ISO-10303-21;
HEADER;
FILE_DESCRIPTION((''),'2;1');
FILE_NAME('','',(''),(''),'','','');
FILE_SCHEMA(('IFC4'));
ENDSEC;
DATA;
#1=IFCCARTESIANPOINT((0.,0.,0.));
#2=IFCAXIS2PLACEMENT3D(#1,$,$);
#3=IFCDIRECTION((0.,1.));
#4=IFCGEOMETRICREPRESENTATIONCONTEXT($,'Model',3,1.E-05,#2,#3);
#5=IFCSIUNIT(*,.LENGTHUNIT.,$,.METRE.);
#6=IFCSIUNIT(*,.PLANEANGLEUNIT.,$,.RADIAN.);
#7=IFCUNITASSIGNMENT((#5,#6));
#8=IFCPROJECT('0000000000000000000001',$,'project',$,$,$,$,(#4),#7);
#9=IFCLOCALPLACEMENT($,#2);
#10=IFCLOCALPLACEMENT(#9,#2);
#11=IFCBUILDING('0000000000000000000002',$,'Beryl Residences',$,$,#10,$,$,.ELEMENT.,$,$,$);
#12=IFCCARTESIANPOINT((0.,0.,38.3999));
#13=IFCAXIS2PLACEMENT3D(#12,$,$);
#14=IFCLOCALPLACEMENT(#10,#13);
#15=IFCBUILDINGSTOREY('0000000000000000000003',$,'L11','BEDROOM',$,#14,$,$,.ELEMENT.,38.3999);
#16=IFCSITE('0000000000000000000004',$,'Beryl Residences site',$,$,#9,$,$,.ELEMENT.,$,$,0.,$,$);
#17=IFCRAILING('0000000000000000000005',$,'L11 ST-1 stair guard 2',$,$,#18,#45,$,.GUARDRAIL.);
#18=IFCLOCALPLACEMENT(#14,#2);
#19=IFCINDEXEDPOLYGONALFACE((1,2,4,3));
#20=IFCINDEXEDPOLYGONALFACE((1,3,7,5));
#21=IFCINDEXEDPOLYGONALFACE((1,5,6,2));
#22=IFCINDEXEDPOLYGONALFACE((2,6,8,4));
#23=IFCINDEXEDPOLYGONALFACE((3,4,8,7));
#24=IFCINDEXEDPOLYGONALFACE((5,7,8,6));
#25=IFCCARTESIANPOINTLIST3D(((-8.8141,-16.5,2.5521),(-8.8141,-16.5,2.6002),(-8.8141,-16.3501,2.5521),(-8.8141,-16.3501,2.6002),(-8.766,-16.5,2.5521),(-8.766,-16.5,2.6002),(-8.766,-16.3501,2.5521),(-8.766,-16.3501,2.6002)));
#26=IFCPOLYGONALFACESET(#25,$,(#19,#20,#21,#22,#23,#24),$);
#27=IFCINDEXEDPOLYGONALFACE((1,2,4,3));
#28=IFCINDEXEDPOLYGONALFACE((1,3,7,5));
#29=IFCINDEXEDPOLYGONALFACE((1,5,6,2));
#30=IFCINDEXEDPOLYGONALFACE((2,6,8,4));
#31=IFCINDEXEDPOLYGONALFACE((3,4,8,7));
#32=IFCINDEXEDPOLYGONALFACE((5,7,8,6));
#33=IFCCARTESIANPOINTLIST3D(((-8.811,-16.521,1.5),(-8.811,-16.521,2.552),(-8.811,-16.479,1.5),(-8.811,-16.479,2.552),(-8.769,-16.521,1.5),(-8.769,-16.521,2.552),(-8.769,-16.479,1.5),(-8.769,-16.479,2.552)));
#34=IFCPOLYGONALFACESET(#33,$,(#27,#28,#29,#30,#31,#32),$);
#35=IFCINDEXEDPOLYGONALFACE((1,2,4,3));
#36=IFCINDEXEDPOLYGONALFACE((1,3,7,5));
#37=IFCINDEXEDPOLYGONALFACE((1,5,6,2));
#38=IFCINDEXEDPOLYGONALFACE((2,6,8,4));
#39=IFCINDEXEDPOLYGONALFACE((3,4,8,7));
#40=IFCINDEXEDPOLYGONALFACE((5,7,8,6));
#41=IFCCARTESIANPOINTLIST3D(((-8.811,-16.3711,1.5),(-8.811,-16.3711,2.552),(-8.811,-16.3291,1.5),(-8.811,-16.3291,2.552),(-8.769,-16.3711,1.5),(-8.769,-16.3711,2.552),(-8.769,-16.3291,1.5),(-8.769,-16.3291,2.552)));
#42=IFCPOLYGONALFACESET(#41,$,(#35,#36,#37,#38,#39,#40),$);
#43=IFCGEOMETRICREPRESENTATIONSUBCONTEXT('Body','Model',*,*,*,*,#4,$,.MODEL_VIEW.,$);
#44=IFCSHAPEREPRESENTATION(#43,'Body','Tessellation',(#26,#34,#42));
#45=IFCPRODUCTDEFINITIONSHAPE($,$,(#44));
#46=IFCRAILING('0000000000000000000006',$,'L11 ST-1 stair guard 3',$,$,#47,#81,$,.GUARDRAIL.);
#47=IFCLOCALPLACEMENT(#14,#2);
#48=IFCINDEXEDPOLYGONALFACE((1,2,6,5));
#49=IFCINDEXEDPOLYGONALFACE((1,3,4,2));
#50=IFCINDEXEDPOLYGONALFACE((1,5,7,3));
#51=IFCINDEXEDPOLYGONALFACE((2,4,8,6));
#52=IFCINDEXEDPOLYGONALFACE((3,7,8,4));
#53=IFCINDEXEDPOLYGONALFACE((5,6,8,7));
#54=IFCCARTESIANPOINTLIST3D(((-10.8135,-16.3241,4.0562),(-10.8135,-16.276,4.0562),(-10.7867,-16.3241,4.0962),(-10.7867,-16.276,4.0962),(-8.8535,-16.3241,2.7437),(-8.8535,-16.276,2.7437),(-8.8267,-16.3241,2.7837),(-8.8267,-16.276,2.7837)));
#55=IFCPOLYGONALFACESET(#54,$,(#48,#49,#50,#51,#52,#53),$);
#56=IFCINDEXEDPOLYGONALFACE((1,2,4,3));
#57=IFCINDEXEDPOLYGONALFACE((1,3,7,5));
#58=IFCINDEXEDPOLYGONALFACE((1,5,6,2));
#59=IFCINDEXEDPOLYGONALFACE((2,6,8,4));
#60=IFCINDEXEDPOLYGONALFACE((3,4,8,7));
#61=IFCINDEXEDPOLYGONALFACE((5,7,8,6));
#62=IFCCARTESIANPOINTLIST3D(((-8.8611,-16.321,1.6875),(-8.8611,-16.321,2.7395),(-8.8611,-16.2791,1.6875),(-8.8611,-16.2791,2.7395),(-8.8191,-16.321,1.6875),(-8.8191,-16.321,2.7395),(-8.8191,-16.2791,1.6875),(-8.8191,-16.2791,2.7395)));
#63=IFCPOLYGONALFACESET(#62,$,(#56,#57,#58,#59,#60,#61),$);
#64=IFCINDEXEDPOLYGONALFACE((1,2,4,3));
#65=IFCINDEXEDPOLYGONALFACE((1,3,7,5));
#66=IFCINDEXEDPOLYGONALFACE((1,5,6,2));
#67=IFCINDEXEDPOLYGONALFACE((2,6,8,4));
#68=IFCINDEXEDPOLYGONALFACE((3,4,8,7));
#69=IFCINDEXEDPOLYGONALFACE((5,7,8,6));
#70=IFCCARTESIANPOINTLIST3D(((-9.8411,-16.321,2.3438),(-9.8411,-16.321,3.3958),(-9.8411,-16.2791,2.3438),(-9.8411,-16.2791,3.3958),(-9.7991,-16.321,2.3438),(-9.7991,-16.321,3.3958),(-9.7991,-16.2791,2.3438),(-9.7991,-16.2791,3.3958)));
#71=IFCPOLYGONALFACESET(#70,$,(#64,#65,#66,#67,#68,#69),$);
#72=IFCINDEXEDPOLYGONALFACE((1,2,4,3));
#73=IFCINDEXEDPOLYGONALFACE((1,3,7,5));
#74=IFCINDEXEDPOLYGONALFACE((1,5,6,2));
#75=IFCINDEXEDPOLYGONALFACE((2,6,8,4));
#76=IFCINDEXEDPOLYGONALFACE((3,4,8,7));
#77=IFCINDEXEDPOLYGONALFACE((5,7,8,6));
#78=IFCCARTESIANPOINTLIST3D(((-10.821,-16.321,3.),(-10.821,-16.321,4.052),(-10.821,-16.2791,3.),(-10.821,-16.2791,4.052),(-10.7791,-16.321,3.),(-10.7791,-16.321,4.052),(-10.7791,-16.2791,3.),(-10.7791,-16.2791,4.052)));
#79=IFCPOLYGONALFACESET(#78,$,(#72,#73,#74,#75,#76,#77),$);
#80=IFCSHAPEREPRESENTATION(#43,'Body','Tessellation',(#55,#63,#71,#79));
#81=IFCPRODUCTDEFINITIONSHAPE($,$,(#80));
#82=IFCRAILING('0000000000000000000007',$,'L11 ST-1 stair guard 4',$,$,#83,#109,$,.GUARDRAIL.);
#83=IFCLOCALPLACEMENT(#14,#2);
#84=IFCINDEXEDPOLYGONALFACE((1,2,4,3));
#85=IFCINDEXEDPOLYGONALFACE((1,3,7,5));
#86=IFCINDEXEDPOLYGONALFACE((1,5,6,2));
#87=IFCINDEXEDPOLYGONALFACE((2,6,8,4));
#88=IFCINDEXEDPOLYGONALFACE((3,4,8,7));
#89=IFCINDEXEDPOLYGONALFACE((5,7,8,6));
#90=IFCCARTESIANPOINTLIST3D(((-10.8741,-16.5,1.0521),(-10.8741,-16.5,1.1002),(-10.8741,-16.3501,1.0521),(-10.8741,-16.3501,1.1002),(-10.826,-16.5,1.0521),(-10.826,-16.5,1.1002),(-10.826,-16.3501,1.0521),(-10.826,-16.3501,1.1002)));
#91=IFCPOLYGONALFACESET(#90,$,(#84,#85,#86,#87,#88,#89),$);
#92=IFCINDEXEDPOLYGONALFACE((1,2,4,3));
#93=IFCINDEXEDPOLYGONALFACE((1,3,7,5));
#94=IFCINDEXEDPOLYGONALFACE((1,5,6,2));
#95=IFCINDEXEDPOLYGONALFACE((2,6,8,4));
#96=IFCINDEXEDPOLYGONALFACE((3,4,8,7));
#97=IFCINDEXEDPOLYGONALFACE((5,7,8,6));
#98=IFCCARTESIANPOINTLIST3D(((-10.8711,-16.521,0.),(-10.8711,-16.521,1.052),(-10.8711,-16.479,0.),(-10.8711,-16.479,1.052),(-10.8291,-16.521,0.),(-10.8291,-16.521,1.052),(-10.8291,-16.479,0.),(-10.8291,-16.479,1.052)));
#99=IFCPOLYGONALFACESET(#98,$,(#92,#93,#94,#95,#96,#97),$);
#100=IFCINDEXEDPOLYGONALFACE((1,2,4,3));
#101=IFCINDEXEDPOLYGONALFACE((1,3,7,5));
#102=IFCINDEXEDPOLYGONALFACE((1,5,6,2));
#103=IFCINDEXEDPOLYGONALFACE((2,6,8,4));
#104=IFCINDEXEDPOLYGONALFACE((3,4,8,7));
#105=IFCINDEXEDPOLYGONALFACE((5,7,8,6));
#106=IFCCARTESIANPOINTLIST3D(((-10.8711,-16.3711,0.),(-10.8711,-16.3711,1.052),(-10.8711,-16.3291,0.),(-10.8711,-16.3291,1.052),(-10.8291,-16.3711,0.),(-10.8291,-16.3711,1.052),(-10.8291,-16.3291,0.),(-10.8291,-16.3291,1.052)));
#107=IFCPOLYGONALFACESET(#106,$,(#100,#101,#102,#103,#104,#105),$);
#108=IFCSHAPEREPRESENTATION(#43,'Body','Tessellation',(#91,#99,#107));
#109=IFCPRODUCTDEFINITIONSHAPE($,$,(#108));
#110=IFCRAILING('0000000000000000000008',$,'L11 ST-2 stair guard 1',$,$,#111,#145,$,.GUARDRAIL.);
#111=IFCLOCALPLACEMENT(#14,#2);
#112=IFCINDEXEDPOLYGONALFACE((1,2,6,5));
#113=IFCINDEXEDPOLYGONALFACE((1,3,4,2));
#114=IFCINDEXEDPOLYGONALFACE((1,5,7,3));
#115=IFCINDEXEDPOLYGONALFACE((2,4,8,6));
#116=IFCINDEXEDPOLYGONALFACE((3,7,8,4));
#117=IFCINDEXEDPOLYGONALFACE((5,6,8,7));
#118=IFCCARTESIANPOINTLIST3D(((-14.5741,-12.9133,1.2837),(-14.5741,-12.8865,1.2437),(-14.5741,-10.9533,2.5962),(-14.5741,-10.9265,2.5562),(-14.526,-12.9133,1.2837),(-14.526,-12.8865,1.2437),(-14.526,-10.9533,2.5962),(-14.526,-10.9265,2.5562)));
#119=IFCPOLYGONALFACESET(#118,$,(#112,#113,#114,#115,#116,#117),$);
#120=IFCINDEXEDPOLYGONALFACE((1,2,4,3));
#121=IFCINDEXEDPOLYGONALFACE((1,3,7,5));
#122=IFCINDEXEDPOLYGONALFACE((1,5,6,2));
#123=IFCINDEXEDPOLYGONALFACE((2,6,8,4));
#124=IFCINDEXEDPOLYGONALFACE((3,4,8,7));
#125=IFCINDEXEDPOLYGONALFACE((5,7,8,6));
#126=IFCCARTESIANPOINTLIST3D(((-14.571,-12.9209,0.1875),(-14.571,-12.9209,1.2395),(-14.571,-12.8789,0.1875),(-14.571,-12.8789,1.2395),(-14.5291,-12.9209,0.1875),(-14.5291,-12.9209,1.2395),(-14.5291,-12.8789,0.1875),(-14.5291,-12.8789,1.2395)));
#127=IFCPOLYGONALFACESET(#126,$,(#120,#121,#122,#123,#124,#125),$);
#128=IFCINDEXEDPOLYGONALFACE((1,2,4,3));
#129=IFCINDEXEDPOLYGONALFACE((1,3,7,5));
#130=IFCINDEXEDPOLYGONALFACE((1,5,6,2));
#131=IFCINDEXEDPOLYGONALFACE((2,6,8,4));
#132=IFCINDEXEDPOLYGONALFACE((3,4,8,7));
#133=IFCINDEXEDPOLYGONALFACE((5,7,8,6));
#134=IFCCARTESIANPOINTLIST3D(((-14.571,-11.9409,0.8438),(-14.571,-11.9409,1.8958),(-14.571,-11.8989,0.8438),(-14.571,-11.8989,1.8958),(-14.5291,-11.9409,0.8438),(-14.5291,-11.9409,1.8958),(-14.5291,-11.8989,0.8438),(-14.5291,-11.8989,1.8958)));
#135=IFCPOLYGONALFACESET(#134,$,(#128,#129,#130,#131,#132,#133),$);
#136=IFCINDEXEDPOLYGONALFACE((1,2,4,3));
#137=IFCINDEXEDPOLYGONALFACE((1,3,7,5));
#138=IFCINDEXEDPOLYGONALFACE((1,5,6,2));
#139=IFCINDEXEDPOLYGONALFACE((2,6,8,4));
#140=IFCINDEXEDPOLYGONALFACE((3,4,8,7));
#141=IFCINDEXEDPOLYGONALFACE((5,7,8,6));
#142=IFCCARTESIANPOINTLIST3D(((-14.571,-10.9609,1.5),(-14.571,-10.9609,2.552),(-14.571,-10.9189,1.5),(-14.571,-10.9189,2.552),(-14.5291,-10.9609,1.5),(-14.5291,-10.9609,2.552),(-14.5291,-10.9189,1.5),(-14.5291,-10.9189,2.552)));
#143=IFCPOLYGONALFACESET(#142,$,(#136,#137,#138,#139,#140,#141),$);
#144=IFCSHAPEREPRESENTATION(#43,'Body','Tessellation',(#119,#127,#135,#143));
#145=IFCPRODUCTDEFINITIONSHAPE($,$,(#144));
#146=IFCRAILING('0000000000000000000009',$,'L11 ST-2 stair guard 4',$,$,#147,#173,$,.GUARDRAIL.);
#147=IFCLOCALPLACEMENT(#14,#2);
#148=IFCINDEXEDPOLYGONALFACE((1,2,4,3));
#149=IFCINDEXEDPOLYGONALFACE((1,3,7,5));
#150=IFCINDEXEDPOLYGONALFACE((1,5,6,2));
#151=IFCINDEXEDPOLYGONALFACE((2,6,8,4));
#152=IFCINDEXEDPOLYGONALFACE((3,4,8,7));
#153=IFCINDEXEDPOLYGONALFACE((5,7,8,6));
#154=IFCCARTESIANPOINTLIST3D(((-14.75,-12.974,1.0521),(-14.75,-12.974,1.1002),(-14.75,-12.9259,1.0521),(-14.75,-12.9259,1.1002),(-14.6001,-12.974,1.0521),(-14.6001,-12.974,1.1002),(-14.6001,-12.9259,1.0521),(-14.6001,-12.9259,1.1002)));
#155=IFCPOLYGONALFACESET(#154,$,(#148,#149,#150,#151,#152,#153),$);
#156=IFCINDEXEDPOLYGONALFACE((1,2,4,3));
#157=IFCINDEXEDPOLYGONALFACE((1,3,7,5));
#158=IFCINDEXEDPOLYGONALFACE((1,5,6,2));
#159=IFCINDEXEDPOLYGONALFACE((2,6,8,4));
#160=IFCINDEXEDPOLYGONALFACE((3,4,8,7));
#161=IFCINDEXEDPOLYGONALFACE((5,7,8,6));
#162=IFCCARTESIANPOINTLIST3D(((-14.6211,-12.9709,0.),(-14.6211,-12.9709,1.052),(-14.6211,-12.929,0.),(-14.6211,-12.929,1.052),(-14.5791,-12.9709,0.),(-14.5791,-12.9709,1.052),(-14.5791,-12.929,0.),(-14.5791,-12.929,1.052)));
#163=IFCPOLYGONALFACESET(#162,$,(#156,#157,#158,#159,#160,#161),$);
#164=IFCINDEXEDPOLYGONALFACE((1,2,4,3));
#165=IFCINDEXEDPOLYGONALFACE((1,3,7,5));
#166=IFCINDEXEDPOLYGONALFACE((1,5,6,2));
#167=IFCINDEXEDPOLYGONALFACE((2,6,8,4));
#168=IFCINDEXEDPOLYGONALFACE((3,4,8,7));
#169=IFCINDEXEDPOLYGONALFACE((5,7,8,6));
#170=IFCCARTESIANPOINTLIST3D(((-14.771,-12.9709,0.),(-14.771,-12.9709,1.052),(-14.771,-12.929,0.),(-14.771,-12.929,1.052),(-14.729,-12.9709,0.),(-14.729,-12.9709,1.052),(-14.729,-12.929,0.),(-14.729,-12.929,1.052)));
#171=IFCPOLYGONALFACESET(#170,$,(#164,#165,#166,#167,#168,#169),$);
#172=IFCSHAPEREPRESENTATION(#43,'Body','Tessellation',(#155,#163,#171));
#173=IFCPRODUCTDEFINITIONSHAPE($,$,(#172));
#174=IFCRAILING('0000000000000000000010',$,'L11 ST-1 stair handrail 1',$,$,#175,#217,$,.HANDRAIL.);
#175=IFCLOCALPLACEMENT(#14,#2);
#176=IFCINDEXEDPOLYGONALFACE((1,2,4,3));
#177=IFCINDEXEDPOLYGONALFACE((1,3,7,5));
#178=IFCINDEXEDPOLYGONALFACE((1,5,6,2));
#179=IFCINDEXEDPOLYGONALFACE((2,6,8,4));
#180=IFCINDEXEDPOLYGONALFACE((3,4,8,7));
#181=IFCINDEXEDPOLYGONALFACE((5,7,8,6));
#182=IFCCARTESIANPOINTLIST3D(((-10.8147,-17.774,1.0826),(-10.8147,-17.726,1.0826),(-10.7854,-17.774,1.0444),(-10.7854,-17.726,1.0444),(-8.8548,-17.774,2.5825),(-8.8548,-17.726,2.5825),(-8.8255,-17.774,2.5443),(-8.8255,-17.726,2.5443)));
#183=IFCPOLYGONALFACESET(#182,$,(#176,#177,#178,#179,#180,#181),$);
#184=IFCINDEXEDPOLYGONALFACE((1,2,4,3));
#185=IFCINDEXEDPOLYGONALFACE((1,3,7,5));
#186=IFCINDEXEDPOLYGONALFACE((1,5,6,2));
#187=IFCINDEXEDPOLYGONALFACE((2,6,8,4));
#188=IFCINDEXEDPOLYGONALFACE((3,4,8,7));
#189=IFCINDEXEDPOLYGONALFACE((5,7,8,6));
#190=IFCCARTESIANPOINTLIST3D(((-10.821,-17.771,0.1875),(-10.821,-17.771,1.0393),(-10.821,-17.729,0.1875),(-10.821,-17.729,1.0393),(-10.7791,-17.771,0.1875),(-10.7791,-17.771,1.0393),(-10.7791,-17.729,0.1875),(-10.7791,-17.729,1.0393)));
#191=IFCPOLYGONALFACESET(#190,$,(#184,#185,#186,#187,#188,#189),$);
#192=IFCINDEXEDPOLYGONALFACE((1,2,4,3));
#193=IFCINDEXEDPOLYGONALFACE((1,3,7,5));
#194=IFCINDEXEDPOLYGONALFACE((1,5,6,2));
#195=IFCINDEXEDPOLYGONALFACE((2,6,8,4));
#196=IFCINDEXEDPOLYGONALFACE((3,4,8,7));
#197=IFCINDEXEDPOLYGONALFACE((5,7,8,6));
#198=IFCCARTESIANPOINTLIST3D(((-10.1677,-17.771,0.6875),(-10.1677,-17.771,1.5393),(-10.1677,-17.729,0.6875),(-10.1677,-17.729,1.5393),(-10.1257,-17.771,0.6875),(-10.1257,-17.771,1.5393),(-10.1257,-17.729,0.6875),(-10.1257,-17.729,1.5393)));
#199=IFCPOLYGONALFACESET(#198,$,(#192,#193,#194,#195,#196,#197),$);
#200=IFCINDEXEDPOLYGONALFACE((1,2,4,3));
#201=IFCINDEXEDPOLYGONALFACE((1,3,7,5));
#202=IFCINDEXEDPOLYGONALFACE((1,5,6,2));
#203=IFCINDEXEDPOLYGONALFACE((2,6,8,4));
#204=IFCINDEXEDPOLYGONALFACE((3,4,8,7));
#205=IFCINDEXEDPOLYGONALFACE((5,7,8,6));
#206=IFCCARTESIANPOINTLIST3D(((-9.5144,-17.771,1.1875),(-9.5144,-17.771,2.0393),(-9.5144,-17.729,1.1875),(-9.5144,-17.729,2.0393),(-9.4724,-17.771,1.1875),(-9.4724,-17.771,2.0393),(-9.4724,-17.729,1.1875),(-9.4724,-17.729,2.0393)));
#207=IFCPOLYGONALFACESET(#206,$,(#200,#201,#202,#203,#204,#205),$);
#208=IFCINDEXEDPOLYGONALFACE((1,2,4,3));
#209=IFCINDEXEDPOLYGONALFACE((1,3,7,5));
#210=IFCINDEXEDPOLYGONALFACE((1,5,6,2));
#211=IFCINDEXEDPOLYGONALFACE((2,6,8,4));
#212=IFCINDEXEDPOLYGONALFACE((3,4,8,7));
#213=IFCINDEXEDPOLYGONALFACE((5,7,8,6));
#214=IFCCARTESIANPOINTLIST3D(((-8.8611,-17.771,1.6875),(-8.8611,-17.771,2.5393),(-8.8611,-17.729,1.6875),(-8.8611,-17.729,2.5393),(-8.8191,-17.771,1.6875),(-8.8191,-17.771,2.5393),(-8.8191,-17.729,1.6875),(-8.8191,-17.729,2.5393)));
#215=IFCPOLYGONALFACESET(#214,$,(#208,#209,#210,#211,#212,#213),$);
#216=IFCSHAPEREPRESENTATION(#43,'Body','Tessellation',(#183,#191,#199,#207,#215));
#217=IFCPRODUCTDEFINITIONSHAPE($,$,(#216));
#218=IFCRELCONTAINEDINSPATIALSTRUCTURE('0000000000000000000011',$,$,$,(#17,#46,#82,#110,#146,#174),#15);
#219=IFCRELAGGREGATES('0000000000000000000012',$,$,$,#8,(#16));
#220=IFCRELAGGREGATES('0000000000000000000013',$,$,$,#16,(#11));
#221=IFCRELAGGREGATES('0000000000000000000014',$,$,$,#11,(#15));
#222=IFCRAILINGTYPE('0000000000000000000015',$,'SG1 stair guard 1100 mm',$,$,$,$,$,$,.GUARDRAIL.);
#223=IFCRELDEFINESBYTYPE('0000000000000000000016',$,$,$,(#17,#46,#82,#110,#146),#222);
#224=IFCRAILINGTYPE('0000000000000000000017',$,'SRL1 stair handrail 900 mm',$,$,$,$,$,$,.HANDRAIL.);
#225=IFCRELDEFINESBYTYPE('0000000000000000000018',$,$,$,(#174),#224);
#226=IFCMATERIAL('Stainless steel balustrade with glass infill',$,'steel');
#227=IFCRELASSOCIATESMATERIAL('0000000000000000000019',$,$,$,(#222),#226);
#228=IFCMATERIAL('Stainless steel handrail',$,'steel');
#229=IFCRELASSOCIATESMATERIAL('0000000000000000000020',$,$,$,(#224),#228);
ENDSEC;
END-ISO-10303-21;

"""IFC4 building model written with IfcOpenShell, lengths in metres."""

from ifc_helpers import new_model, si_unit, direction, frame, origin, origin_2d, place, context, subcontext, project, spatial, rectangle, extrude, material, type_object, element, save


model = new_model("IFC4")

# Units and contexts
model_context = context("Model", 3, precision=1e-05, world=origin(), true_north=direction((0.0, 1.0)))
body_context = subcontext(model_context, "Body", "Model", "MODEL_VIEW")
ifc_project = project(units=[si_unit("LENGTHUNIT", "METRE"), si_unit("PLANEANGLEUNIT", "RADIAN")], contexts=[model_context])

# Site, building, storey
site_placement = place(None, origin())
site = spatial("IfcSite", under=ifc_project, at=site_placement, Name="Beryl Residences site", CompositionType="ELEMENT", RefElevation=0.0)
building_placement = place(site_placement, origin())
building = spatial("IfcBuilding", under=site, at=building_placement, Name="Beryl Residences", CompositionType="ELEMENT")
storey_placement = place(building_placement, frame((0.0, 0.0, 38.3999)))
storey = spatial("IfcBuildingStorey", under=building, at=storey_placement, Name="L11", Description="BEDROOM", CompositionType="ELEMENT", Elevation=38.3999)

# Railings
ifc_material_1 = material(Name="Stainless steel balustrade with glass infill", Category="steel")
railing_type_1 = type_object("IfcRailingType", Name="SG1 stair guard 1100 mm", PredefinedType="GUARDRAIL", material=ifc_material_1)
railing_1_placement = place(storey_placement, frame((-8.79, -16.5, 1.5)))
element("IfcRailing", 1, at=railing_1_placement, inside=storey, type_object=railing_type_1, Name="L11 ST-1 stair guard 2", PredefinedType="GUARDRAIL", context=body_context, shape_type="SweptSolid", body=[
    extrude(rectangle(XDim=0.0481, YDim=0.0481, at=origin_2d()), frame((0.0, 0.0, 1.0762), z_axis=(0.0, 1.0, 0.0), x_axis=(-1.0, 0.0, 0.0)), (0.0, 0.0, 1.0), 0.1499),
    extrude(rectangle(XDim=0.042, YDim=0.042, at=origin_2d()), origin(), (0.0, 0.0, 1.0), 1.052),
    extrude(rectangle(XDim=0.042, YDim=0.042, at=origin_2d()), frame((0.0, 0.1499, 0.0)), (0.0, 0.0, 1.0), 1.052),
])
railing_2_placement = place(storey_placement, frame((-8.8401, -16.3, 1.6875)))
element("IfcRailing", 2, at=railing_2_placement, inside=storey, type_object=railing_type_1, Name="L11 ST-1 stair guard 3", PredefinedType="GUARDRAIL", context=body_context, shape_type="SweptSolid", body=[
    extrude(rectangle(XDim=0.0481, YDim=0.0481, at=origin_2d()), frame((0.0, 0.0, 1.0762), z_axis=(-0.830902, 0.0, 0.556419), x_axis=(0.0, -1.0, 0.0)), (0.0, 0.0, 1.0), 2.3589),
    extrude(rectangle(XDim=0.042, YDim=0.042, at=origin_2d()), origin(), (0.0, 0.0, 1.0), 1.052),
    extrude(rectangle(XDim=0.042, YDim=0.042, at=origin_2d()), frame((-0.98, 0.0, 0.6562)), (0.0, 0.0, 1.0), 1.052),
    extrude(rectangle(XDim=0.042, YDim=0.042, at=origin_2d()), frame((-1.96, 0.0, 1.3125)), (0.0, 0.0, 1.0), 1.052),
])
railing_3_placement = place(storey_placement, frame((-10.8501, -16.5, 0.0)))
element("IfcRailing", 3, at=railing_3_placement, inside=storey, type_object=railing_type_1, Name="L11 ST-1 stair guard 4", PredefinedType="GUARDRAIL", context=body_context, shape_type="SweptSolid", body=[
    extrude(rectangle(XDim=0.0481, YDim=0.0481, at=origin_2d()), frame((0.0, 0.0, 1.0762), z_axis=(0.0, 1.0, 0.0), x_axis=(-1.0, 0.0, 0.0)), (0.0, 0.0, 1.0), 0.1499),
    extrude(rectangle(XDim=0.042, YDim=0.042, at=origin_2d()), origin(), (0.0, 0.0, 1.0), 1.052),
    extrude(rectangle(XDim=0.042, YDim=0.042, at=origin_2d()), frame((0.0, 0.1499, 0.0)), (0.0, 0.0, 1.0), 1.052),
])
railing_4_placement = place(storey_placement, frame((-14.55, -12.8999, 0.1875)))
element("IfcRailing", 4, at=railing_4_placement, inside=storey, type_object=railing_type_1, Name="L11 ST-2 stair guard 1", PredefinedType="GUARDRAIL", context=body_context, shape_type="SweptSolid", body=[
    extrude(rectangle(XDim=0.0481, YDim=0.0481, at=origin_2d()), frame((0.0, 0.0, 1.0762), z_axis=(0.0, 0.830902, 0.556419), x_axis=(-1.0, 0.0, 0.0)), (0.0, 0.0, 1.0), 2.3589),
    extrude(rectangle(XDim=0.042, YDim=0.042, at=origin_2d()), origin(), (0.0, 0.0, 1.0), 1.052),
    extrude(rectangle(XDim=0.042, YDim=0.042, at=origin_2d()), frame((0.0, 0.98, 0.6562)), (0.0, 0.0, 1.0), 1.052),
    extrude(rectangle(XDim=0.042, YDim=0.042, at=origin_2d()), frame((0.0, 1.96, 1.3125)), (0.0, 0.0, 1.0), 1.052),
])
railing_5_placement = place(storey_placement, frame((-14.6001, -12.95, 0.0)))
element("IfcRailing", 5, at=railing_5_placement, inside=storey, type_object=railing_type_1, Name="L11 ST-2 stair guard 4", PredefinedType="GUARDRAIL", context=body_context, shape_type="SweptSolid", body=[
    extrude(rectangle(XDim=0.0481, YDim=0.0481, at=origin_2d()), frame((0.0, 0.0, 1.0762), z_axis=(-1.0, 0.0, 0.0), x_axis=(0.0, -1.0, 0.0)), (0.0, 0.0, 1.0), 0.1499),
    extrude(rectangle(XDim=0.042, YDim=0.042, at=origin_2d()), origin(), (0.0, 0.0, 1.0), 1.052),
    extrude(rectangle(XDim=0.042, YDim=0.042, at=origin_2d()), frame((-0.1499, 0.0, 0.0)), (0.0, 0.0, 1.0), 1.052),
])
ifc_material_2 = material(Name="Stainless steel handrail", Category="steel")
railing_type_2 = type_object("IfcRailingType", Name="SRL1 stair handrail 900 mm", PredefinedType="HANDRAIL", material=ifc_material_2)
railing_6_placement = place(storey_placement, frame((-10.8, -17.75, 0.1875)))
element("IfcRailing", 6, at=railing_6_placement, inside=storey, type_object=railing_type_2, Name="L11 ST-1 stair handrail 1", PredefinedType="HANDRAIL", context=body_context, shape_type="SweptSolid", body=[
    extrude(rectangle(XDim=0.0481, YDim=0.0481, at=origin_2d()), frame((0.0, 0.0, 0.876), z_axis=(0.794122, 0.0, 0.607758), x_axis=(0.0, 1.0, 0.0)), (0.0, 0.0, 1.0), 2.468),
    extrude(rectangle(XDim=0.042, YDim=0.042, at=origin_2d()), origin(), (0.0, 0.0, 1.0), 0.8518),
    extrude(rectangle(XDim=0.042, YDim=0.042, at=origin_2d()), frame((0.6533, 0.0, 0.5)), (0.0, 0.0, 1.0), 0.8518),
    extrude(rectangle(XDim=0.042, YDim=0.042, at=origin_2d()), frame((1.3066, 0.0, 1.0)), (0.0, 0.0, 1.0), 0.8518),
    extrude(rectangle(XDim=0.042, YDim=0.042, at=origin_2d()), frame((1.96, 0.0, 1.5)), (0.0, 0.0, 1.0), 0.8518),
])

save(model, "model.ifc")
